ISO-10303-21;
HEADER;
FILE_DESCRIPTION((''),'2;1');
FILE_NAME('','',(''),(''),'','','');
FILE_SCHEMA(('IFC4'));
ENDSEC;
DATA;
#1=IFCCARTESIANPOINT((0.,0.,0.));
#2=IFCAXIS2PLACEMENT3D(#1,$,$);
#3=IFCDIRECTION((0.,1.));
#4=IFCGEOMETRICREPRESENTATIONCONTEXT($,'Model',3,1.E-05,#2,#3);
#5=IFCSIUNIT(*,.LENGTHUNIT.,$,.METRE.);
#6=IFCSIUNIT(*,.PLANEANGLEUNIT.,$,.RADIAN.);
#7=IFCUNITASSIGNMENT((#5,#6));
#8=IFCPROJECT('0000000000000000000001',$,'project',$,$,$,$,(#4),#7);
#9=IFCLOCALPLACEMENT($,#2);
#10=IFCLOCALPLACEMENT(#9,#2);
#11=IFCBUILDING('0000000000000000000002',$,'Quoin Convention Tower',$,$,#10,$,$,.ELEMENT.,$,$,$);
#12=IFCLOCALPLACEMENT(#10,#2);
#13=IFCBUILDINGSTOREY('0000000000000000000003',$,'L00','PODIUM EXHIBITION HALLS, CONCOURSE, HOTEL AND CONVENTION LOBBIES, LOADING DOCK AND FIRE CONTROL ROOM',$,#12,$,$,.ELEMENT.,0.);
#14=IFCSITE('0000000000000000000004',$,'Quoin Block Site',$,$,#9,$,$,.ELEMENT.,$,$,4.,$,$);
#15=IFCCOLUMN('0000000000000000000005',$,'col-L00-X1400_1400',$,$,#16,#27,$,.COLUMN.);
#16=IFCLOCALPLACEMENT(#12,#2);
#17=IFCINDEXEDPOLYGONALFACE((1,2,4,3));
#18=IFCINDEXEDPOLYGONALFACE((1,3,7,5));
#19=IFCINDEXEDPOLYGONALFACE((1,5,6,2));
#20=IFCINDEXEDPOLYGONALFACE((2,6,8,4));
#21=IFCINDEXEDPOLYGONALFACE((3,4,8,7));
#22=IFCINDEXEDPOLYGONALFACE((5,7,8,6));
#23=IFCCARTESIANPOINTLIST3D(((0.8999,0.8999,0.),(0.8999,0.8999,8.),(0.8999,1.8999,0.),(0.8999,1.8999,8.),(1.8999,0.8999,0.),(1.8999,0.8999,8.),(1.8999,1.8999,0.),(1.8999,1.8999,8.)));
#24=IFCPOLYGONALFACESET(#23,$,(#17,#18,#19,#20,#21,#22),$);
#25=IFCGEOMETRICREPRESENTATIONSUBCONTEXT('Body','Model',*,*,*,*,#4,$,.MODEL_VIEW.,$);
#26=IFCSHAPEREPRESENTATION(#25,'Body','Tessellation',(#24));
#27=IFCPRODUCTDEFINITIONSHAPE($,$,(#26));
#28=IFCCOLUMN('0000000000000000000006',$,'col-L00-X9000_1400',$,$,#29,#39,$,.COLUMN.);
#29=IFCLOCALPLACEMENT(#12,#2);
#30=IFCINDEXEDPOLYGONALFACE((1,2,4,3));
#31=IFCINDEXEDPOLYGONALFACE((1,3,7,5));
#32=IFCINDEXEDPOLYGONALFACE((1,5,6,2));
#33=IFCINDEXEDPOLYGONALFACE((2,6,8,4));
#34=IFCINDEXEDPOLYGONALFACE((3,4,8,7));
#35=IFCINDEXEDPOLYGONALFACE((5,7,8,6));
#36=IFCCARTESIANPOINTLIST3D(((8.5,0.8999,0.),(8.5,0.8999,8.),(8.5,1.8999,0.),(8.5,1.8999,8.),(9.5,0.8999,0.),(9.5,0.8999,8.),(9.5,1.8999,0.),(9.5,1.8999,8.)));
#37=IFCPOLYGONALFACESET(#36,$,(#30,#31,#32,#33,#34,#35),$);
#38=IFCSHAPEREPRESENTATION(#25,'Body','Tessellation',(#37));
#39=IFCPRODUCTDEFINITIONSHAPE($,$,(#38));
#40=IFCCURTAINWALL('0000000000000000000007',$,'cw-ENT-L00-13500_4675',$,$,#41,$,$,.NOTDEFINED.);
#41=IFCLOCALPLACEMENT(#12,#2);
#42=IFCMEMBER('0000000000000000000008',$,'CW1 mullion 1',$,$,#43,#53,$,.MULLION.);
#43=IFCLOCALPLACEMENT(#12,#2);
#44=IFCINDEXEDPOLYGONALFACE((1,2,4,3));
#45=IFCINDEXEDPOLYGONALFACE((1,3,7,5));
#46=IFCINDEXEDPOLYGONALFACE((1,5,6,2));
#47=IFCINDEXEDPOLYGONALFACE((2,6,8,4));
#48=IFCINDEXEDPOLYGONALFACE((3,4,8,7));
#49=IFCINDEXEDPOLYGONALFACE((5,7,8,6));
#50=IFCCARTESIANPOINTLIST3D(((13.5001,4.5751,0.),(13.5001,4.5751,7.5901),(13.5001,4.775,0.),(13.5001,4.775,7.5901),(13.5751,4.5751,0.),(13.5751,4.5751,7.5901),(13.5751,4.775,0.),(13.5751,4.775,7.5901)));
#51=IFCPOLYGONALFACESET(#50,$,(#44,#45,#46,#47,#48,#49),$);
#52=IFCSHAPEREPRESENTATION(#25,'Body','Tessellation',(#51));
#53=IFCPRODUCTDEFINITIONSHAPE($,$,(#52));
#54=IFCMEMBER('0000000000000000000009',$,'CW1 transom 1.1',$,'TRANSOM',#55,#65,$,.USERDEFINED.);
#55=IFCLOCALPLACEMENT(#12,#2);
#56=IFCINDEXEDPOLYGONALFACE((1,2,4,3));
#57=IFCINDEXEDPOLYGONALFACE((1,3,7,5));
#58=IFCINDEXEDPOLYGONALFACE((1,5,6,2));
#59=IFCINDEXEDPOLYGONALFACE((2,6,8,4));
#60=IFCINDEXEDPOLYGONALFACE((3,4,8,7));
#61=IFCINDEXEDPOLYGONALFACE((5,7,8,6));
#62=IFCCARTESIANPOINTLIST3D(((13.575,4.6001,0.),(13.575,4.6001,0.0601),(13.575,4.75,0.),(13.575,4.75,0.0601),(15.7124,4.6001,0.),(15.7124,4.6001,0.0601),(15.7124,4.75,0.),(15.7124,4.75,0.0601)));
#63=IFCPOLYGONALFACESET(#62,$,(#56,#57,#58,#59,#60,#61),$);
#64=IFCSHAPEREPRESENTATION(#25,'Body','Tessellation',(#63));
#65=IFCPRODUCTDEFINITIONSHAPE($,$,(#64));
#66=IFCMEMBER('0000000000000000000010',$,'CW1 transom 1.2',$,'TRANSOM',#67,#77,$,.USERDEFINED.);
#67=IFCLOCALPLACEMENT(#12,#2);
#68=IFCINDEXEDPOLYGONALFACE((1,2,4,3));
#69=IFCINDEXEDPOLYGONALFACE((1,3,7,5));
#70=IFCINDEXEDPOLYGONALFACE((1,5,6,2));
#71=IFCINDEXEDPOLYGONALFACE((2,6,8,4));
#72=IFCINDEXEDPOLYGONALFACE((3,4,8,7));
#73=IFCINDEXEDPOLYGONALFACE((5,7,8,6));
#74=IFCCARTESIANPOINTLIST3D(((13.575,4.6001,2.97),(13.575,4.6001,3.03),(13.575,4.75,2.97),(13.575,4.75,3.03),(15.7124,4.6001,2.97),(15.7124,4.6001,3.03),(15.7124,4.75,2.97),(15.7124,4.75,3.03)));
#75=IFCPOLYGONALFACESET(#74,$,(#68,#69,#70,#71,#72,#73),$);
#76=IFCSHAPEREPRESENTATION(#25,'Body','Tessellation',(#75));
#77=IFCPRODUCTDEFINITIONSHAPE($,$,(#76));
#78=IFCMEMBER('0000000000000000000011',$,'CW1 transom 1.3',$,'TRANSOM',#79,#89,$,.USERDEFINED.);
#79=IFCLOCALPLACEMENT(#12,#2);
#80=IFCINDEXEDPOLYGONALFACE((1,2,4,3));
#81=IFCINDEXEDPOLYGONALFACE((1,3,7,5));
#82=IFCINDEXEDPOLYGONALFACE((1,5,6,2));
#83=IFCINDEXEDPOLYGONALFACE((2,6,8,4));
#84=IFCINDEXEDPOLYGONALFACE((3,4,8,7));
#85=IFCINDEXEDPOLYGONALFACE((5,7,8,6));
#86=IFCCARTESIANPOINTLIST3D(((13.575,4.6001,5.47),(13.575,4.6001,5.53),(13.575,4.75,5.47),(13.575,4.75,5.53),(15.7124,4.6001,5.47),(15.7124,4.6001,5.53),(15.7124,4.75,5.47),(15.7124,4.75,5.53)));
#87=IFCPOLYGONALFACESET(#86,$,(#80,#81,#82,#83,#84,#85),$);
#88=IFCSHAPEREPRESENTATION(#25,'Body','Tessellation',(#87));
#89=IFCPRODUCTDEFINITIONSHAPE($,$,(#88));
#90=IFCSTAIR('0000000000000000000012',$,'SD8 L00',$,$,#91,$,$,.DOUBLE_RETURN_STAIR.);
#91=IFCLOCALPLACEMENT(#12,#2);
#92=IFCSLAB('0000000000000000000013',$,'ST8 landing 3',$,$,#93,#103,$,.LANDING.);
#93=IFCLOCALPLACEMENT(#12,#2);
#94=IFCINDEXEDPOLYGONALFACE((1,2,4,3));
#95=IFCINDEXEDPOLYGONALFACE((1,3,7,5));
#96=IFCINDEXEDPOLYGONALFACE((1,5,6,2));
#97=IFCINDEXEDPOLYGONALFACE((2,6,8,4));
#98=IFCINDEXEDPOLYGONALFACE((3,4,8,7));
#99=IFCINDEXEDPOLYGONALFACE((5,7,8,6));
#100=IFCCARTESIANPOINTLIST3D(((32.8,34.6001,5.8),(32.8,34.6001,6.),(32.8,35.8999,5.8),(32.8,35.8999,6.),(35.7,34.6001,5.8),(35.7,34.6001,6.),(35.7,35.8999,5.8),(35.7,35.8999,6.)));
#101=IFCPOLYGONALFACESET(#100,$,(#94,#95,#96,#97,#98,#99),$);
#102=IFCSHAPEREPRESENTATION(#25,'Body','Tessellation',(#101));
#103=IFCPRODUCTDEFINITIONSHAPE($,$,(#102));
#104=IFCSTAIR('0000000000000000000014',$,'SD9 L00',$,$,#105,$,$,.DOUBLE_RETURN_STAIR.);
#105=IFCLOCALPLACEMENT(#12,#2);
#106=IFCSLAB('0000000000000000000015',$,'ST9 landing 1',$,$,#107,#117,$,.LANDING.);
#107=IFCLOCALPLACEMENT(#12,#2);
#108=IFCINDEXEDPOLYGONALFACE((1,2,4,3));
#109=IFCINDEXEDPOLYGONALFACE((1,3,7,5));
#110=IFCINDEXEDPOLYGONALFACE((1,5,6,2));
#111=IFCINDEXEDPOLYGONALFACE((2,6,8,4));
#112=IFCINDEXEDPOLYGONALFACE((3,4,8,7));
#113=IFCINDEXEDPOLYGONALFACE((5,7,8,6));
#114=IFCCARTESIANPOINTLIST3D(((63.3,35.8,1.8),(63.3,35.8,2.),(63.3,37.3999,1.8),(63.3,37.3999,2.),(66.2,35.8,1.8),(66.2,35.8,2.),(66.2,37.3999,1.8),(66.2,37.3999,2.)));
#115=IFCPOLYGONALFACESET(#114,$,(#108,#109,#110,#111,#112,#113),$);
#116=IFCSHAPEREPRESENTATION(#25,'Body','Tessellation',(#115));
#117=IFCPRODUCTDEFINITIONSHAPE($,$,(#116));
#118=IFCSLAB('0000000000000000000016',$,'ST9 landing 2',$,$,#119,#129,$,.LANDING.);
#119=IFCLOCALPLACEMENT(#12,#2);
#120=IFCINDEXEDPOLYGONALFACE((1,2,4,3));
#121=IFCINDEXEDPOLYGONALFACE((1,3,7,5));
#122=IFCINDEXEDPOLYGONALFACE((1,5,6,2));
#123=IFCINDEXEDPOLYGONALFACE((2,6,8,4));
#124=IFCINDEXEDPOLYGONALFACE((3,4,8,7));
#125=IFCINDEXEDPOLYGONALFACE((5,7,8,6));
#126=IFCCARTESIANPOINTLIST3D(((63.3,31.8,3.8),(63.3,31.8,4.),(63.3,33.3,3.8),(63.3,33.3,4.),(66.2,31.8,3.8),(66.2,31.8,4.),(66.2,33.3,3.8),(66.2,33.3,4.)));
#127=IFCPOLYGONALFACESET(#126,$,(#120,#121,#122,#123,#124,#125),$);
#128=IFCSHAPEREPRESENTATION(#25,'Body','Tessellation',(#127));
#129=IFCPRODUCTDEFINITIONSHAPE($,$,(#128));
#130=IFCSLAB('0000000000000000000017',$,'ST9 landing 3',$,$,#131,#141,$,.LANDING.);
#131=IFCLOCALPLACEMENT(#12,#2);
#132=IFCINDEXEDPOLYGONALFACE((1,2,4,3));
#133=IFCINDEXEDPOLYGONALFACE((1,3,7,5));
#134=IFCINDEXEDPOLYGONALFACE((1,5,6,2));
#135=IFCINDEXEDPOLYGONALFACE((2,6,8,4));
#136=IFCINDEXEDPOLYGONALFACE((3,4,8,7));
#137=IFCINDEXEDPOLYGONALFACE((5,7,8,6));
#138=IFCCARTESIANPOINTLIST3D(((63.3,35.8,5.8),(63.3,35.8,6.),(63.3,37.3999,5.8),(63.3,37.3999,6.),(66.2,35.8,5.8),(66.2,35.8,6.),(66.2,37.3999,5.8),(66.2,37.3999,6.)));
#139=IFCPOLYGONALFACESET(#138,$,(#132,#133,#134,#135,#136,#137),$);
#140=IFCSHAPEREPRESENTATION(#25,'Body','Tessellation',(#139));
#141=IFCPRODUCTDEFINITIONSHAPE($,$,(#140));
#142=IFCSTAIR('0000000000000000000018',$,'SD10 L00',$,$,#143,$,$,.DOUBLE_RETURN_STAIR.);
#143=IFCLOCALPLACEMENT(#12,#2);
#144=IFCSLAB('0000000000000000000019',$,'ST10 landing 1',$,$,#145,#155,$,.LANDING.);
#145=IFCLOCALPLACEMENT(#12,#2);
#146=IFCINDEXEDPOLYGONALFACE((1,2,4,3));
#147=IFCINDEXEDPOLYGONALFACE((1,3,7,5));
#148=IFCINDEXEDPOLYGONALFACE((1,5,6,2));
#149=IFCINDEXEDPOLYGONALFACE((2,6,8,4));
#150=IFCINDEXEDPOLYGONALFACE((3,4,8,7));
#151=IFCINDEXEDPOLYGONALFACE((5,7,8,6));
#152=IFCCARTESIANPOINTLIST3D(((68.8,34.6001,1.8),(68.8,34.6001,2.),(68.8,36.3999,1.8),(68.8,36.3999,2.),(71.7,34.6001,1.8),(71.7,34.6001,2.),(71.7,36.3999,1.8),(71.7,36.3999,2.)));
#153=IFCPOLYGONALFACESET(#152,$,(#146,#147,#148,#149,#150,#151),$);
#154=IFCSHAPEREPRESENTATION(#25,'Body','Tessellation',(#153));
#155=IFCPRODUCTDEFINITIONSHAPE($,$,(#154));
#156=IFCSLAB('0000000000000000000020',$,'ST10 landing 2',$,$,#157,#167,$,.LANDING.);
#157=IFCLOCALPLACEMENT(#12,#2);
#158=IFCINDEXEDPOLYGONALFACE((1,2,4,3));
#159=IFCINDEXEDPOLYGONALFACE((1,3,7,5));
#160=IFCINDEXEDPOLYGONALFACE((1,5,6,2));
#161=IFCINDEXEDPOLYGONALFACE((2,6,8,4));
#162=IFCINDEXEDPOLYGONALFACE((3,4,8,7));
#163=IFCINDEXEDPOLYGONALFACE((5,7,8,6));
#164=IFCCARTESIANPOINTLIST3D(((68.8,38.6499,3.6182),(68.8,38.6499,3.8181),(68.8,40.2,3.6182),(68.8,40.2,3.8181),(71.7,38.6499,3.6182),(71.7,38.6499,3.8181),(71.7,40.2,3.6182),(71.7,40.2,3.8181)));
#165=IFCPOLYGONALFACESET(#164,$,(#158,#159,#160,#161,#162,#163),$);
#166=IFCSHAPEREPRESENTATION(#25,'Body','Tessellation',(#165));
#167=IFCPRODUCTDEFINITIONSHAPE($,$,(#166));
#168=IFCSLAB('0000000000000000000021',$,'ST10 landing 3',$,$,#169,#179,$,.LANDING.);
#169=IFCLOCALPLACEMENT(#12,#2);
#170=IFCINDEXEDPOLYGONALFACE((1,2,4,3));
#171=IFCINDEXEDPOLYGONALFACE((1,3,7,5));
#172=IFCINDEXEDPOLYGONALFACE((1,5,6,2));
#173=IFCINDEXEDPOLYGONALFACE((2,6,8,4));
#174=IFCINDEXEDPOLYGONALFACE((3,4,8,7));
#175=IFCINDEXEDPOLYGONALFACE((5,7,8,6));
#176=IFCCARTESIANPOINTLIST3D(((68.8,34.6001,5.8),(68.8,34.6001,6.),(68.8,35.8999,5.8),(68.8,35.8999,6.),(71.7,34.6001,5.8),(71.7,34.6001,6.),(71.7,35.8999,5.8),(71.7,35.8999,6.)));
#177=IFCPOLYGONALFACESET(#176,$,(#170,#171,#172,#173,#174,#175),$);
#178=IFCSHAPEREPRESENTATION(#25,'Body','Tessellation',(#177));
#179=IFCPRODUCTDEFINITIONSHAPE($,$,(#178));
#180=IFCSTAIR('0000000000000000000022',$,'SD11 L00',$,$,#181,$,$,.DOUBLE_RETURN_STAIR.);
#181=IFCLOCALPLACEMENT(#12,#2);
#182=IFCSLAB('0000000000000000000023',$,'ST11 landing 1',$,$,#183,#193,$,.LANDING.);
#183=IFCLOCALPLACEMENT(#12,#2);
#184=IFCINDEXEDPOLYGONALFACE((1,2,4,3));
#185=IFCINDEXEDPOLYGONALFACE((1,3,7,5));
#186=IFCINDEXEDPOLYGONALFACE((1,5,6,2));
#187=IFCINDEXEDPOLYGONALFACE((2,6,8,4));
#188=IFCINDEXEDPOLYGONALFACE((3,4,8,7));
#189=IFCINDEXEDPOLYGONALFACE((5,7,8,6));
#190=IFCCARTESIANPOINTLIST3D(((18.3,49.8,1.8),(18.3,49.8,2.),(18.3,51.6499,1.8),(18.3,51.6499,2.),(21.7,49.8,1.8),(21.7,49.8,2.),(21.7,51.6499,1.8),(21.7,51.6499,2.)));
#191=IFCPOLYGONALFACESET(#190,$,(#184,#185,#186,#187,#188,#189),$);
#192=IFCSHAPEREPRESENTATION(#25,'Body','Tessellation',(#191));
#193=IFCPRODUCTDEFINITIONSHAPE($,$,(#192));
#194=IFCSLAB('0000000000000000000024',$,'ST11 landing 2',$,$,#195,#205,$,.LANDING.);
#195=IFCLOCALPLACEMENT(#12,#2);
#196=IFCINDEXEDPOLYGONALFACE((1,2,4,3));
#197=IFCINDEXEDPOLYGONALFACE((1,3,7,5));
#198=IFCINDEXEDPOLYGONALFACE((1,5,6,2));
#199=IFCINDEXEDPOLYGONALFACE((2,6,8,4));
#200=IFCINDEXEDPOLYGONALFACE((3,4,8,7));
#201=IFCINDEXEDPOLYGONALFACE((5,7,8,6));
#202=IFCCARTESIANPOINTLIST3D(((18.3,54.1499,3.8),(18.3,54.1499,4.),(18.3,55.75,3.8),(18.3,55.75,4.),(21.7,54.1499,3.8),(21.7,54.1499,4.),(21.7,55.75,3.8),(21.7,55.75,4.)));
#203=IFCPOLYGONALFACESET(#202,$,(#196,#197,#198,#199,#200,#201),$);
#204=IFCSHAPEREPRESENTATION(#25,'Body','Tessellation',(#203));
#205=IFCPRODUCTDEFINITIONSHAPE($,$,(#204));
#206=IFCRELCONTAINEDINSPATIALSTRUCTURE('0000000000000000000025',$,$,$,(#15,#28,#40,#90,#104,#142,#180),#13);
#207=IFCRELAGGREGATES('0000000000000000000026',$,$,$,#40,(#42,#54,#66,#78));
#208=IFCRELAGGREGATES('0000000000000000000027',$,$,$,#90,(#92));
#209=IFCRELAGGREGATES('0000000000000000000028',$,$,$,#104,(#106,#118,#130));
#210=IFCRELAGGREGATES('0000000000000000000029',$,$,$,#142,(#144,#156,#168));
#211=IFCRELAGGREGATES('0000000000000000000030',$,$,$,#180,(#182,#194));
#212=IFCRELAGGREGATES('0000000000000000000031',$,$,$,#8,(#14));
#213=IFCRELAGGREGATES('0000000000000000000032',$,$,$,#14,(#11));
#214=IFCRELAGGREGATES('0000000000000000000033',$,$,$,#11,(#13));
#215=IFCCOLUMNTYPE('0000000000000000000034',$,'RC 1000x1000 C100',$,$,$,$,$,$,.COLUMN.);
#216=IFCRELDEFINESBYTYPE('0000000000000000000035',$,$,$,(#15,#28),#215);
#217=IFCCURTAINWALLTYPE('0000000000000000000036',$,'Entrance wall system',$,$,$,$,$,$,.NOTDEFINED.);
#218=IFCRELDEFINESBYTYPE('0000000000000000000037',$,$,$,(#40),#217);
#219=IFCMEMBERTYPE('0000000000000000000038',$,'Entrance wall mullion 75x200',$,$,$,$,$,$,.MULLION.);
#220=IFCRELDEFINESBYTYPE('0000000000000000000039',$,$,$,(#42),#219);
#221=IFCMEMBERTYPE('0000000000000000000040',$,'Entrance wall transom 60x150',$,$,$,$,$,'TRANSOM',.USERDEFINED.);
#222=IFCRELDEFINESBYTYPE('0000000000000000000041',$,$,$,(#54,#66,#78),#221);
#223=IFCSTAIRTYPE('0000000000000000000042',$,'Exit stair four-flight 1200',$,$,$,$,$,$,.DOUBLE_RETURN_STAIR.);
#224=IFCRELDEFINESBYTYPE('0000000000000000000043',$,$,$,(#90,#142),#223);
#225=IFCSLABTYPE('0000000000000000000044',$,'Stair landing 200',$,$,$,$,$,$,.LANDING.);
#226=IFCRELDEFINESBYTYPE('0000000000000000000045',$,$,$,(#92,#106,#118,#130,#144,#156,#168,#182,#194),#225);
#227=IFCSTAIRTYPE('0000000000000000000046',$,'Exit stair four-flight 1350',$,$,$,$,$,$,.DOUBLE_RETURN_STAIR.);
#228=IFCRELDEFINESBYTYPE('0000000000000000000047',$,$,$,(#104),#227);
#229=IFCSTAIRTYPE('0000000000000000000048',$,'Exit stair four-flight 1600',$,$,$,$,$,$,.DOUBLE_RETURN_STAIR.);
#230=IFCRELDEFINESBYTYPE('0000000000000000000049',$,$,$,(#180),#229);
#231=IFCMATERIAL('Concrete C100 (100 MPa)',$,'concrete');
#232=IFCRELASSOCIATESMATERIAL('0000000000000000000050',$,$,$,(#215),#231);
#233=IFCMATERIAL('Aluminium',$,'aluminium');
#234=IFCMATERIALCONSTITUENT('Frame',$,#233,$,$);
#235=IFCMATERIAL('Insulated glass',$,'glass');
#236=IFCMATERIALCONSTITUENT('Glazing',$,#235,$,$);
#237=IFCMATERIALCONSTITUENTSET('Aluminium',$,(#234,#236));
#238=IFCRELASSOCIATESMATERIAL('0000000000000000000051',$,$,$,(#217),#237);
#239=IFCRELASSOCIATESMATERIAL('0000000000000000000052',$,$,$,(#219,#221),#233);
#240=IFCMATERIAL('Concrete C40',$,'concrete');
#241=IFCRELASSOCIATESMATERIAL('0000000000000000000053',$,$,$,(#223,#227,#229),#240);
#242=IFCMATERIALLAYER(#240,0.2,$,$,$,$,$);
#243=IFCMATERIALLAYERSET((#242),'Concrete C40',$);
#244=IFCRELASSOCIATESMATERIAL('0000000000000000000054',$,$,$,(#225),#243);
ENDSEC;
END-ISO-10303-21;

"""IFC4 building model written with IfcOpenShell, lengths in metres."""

from ifc_helpers import new_model, si_unit, direction, frame, origin, origin_2d, place, context, subcontext, project, spatial, polyline, rectangle, outline, extrude, material, layer, layer_set, constituent, constituent_set, material_profile, profile_set, type_object, element, aggregate, save


model = new_model("IFC4")

# Units and contexts
model_context = context("Model", 3, precision=1e-05, world=origin(), true_north=direction((0.0, 1.0)))
body_context = subcontext(model_context, "Body", "Model", "MODEL_VIEW")
ifc_project = project(units=[si_unit("LENGTHUNIT", "METRE"), si_unit("PLANEANGLEUNIT", "RADIAN")], contexts=[model_context])

# Site, building, storey
site_placement = place(None, origin())
site = spatial("IfcSite", under=ifc_project, at=site_placement, Name="Quoin Block Site", CompositionType="ELEMENT", RefElevation=4.0)
building_placement = place(site_placement, origin())
building = spatial("IfcBuilding", under=site, at=building_placement, Name="Quoin Convention Tower", CompositionType="ELEMENT")
storey_placement = place(building_placement, origin())
storey = spatial("IfcBuildingStorey", under=building, at=storey_placement, Name="L00", Description="PODIUM EXHIBITION HALLS, CONCOURSE, HOTEL AND CONVENTION LOBBIES, LOADING DOCK AND FIRE CONTROL ROOM", CompositionType="ELEMENT", Elevation=0.0)

# Columns
ifc_material_1 = material(Name="Concrete C100 (100 MPa)", Category="concrete")
ifc_material_profile_1 = material_profile(ifc_material_1, rectangle(XDim=1.0, YDim=1.0, at=origin_2d()), Name="RC 1000x1000")
ifc_profile_set_1 = profile_set([ifc_material_profile_1], Name="Concrete C100 (100 MPa)")
column_type = type_object("IfcColumnType", Name="RC 1000x1000 C100", PredefinedType="COLUMN", material=ifc_profile_set_1)
for number, where, z_axis, x_axis, name in (
    (1, (1.3999, 1.3999, 0.0), (0.0, 0.0, 1.0), (1.0, 0.0, 0.0), "col-L00-X1400_1400"),
    (2, (9.0, 1.3999, 0.0), (0.0, 0.0, 1.0), (1.0, 0.0, 0.0), "col-L00-X9000_1400"),
):
    element("IfcColumn", number, at=place(storey_placement, frame(where, z_axis=z_axis, x_axis=x_axis)), inside=storey, type_object=column_type, Name=name, PredefinedType="COLUMN", context=body_context, shape_type="SweptSolid", body=[
        extrude(rectangle(XDim=1.0, YDim=1.0, at=origin_2d()), origin(), (0.0, 0.0, 1.0), 8.0),
    ])

# Curtain wall, members
ifc_material_2 = material(Name="Aluminium", Category="aluminium")
ifc_constituent_1 = constituent(ifc_material_2, Name="Frame")
ifc_material_3 = material(Name="Insulated glass", Category="glass")
ifc_constituent_2 = constituent(ifc_material_3, Name="Glazing")
ifc_constituent_set_1 = constituent_set(constituents=[ifc_constituent_1, ifc_constituent_2], Name="Aluminium")
curtain_wall_type = type_object("IfcCurtainWallType", Name="Entrance wall system", PredefinedType="NOTDEFINED", material=ifc_constituent_set_1)
curtain_wall_placement = place(storey_placement, origin())
curtain_wall = element("IfcCurtainWall", 3, at=curtain_wall_placement, inside=storey, type_object=curtain_wall_type, Name="cw-ENT-L00-13500_4675", PredefinedType="NOTDEFINED")
ifc_material_profile_2 = material_profile(ifc_material_2, rectangle(XDim=0.2, YDim=0.075, at=origin_2d()), Name="Entrance wall mullion 75x200")
ifc_profile_set_2 = profile_set([ifc_material_profile_2], Name="Aluminium")
member_type_1 = type_object("IfcMemberType", Name="Entrance wall mullion 75x200", PredefinedType="MULLION", material=ifc_profile_set_2)
member_1_placement = place(storey_placement, frame((13.5376, 4.675, 0.0), z_axis=(0.0, 0.0, 1.0), x_axis=(0.0, 1.0, 0.0)))
member_1 = element("IfcMember", 4, at=member_1_placement, type_object=member_type_1, Name="CW1 mullion 1", PredefinedType="MULLION", context=body_context, shape_type="SweptSolid", body=[
    extrude(rectangle(XDim=0.2, YDim=0.075, at=origin_2d()), origin(), (0.0, 0.0, 1.0), 7.5901),
])
ifc_material_profile_3 = material_profile(ifc_material_2, rectangle(XDim=0.1499, YDim=0.0601, at=origin_2d()), Name="Entrance wall transom 60x150")
ifc_profile_set_3 = profile_set([ifc_material_profile_3], Name="Aluminium")
member_type_2 = type_object("IfcMemberType", Name="Entrance wall transom 60x150", ElementType="TRANSOM", PredefinedType="USERDEFINED", material=ifc_profile_set_3)
member_2_placement = place(storey_placement, frame((13.575, 4.675, 0.03), z_axis=(1.0, 0.0, 0.0), x_axis=(0.0, 1.0, 0.0)))
member_2 = element("IfcMember", 5, at=member_2_placement, type_object=member_type_2, Name="CW1 transom 1.1", ObjectType="TRANSOM", PredefinedType="USERDEFINED", context=body_context, shape_type="SweptSolid", body=[
    extrude(rectangle(XDim=0.1499, YDim=0.0601, at=origin_2d()), origin(), (0.0, 0.0, 1.0), 2.1375),
])
member_3_placement = place(storey_placement, frame((13.575, 4.675, 3.0), z_axis=(1.0, 0.0, 0.0), x_axis=(0.0, 1.0, 0.0)))
member_3 = element("IfcMember", 6, at=member_3_placement, type_object=member_type_2, Name="CW1 transom 1.2", ObjectType="TRANSOM", PredefinedType="USERDEFINED", context=body_context, shape_type="SweptSolid", body=[
    extrude(rectangle(XDim=0.1499, YDim=0.0601, at=origin_2d()), origin(), (0.0, 0.0, 1.0), 2.1375),
])
member_4_placement = place(storey_placement, frame((13.575, 4.675, 5.5), z_axis=(1.0, 0.0, 0.0), x_axis=(0.0, 1.0, 0.0)))
member_4 = element("IfcMember", 7, at=member_4_placement, type_object=member_type_2, Name="CW1 transom 1.3", ObjectType="TRANSOM", PredefinedType="USERDEFINED", context=body_context, shape_type="SweptSolid", body=[
    extrude(rectangle(XDim=0.1499, YDim=0.0601, at=origin_2d()), origin(), (0.0, 0.0, 1.0), 2.1375),
])
aggregate(curtain_wall, [member_1, member_2, member_3, member_4])

# Stair, slab
ifc_material_4 = material(Name="Concrete C40", Category="concrete")
stair_type_1 = type_object("IfcStairType", Name="Exit stair four-flight 1200", PredefinedType="DOUBLE_RETURN_STAIR", material=ifc_material_4)
stair_1_placement = place(storey_placement, origin())
stair_1 = element("IfcStair", 8, at=stair_1_placement, inside=storey, type_object=stair_type_1, Name="SD8 L00", PredefinedType="DOUBLE_RETURN_STAIR")
ifc_layer_1 = layer(ifc_material_4, 0.2)
ifc_layer_set_1 = layer_set([ifc_layer_1], Name="Concrete C40")
slab_type = type_object("IfcSlabType", Name="Stair landing 200", PredefinedType="LANDING", material=ifc_layer_set_1)
slab_1_placement = place(storey_placement, frame((0.0, 0.0, 5.8)))
slab_1 = element("IfcSlab", 9, at=slab_1_placement, type_object=slab_type, Name="ST8 landing 3", PredefinedType="LANDING", context=body_context, shape_type="SweptSolid", body=[
    extrude(outline(polyline([(35.7, 35.8999), (32.8, 35.8999), (32.8, 34.6001), (35.7, 34.6001), (35.7, 35.8999)])), origin(), (0.0, 0.0, 1.0), 0.2),
])
aggregate(stair_1, [slab_1])

# Stairs, slabs
stair_type_2 = type_object("IfcStairType", Name="Exit stair four-flight 1350", PredefinedType="DOUBLE_RETURN_STAIR", material=ifc_material_4)
stair_2_placement = place(storey_placement, origin())
stair_2 = element("IfcStair", 10, at=stair_2_placement, inside=storey, type_object=stair_type_2, Name="SD9 L00", PredefinedType="DOUBLE_RETURN_STAIR")
slab_2_placement = place(storey_placement, frame((0.0, 0.0, 1.8)))
slab_2 = element("IfcSlab", 11, at=slab_2_placement, type_object=slab_type, Name="ST9 landing 1", PredefinedType="LANDING", context=body_context, shape_type="SweptSolid", body=[
    extrude(outline(polyline([(63.3, 35.8), (66.2, 35.8), (66.2, 37.3999), (63.3, 37.3999), (63.3, 35.8)])), origin(), (0.0, 0.0, 1.0), 0.2),
])
slab_3_placement = place(storey_placement, frame((0.0, 0.0, 3.8)))
slab_3 = element("IfcSlab", 12, at=slab_3_placement, type_object=slab_type, Name="ST9 landing 2", PredefinedType="LANDING", context=body_context, shape_type="SweptSolid", body=[
    extrude(outline(polyline([(63.3, 31.8), (66.2, 31.8), (66.2, 33.3), (63.3, 33.3), (63.3, 31.8)])), origin(), (0.0, 0.0, 1.0), 0.2),
])
slab_4_placement = place(storey_placement, frame((0.0, 0.0, 5.8)))
slab_4 = element("IfcSlab", 13, at=slab_4_placement, type_object=slab_type, Name="ST9 landing 3", PredefinedType="LANDING", context=body_context, shape_type="SweptSolid", body=[
    extrude(outline(polyline([(63.3, 35.8), (66.2, 35.8), (66.2, 37.3999), (63.3, 37.3999), (63.3, 35.8)])), origin(), (0.0, 0.0, 1.0), 0.2),
])
aggregate(stair_2, [slab_2, slab_3, slab_4])
stair_3_placement = place(storey_placement, origin())
stair_3 = element("IfcStair", 14, at=stair_3_placement, inside=storey, type_object=stair_type_1, Name="SD10 L00", PredefinedType="DOUBLE_RETURN_STAIR")
slab_5_placement = place(storey_placement, frame((0.0, 0.0, 1.8)))
slab_5 = element("IfcSlab", 15, at=slab_5_placement, type_object=slab_type, Name="ST10 landing 1", PredefinedType="LANDING", context=body_context, shape_type="SweptSolid", body=[
    extrude(outline(polyline([(71.7, 36.3999), (68.8, 36.3999), (68.8, 34.6001), (71.7, 34.6001), (71.7, 36.3999)])), origin(), (0.0, 0.0, 1.0), 0.2),
])
slab_6_placement = place(storey_placement, frame((0.0, 0.0, 3.6182)))
slab_6 = element("IfcSlab", 16, at=slab_6_placement, type_object=slab_type, Name="ST10 landing 2", PredefinedType="LANDING", context=body_context, shape_type="SweptSolid", body=[
    extrude(outline(polyline([(71.7, 40.2), (68.8, 40.2), (68.8, 38.6499), (71.7, 38.6499), (71.7, 40.2)])), origin(), (0.0, 0.0, 1.0), 0.2),
])
slab_7_placement = place(storey_placement, frame((0.0, 0.0, 5.8)))
slab_7 = element("IfcSlab", 17, at=slab_7_placement, type_object=slab_type, Name="ST10 landing 3", PredefinedType="LANDING", context=body_context, shape_type="SweptSolid", body=[
    extrude(outline(polyline([(71.7, 35.8999), (68.8, 35.8999), (68.8, 34.6001), (71.7, 34.6001), (71.7, 35.8999)])), origin(), (0.0, 0.0, 1.0), 0.2),
])
aggregate(stair_3, [slab_5, slab_6, slab_7])
stair_type_3 = type_object("IfcStairType", Name="Exit stair four-flight 1600", PredefinedType="DOUBLE_RETURN_STAIR", material=ifc_material_4)
stair_4_placement = place(storey_placement, origin())
stair_4 = element("IfcStair", 18, at=stair_4_placement, inside=storey, type_object=stair_type_3, Name="SD11 L00", PredefinedType="DOUBLE_RETURN_STAIR")
slab_8_placement = place(storey_placement, frame((0.0, 0.0, 1.8)))
slab_8 = element("IfcSlab", 19, at=slab_8_placement, type_object=slab_type, Name="ST11 landing 1", PredefinedType="LANDING", context=body_context, shape_type="SweptSolid", body=[
    extrude(outline(polyline([(21.7, 51.6499), (18.3, 51.6499), (18.3, 49.8), (21.7, 49.8), (21.7, 51.6499)])), origin(), (0.0, 0.0, 1.0), 0.2),
])
slab_9_placement = place(storey_placement, frame((0.0, 0.0, 3.8)))
slab_9 = element("IfcSlab", 20, at=slab_9_placement, type_object=slab_type, Name="ST11 landing 2", PredefinedType="LANDING", context=body_context, shape_type="SweptSolid", body=[
    extrude(outline(polyline([(21.7, 55.75), (18.3, 55.75), (18.3, 54.1499), (21.7, 54.1499), (21.7, 55.75)])), origin(), (0.0, 0.0, 1.0), 0.2),
])
aggregate(stair_4, [slab_8, slab_9])

save(model, "model.ifc")
